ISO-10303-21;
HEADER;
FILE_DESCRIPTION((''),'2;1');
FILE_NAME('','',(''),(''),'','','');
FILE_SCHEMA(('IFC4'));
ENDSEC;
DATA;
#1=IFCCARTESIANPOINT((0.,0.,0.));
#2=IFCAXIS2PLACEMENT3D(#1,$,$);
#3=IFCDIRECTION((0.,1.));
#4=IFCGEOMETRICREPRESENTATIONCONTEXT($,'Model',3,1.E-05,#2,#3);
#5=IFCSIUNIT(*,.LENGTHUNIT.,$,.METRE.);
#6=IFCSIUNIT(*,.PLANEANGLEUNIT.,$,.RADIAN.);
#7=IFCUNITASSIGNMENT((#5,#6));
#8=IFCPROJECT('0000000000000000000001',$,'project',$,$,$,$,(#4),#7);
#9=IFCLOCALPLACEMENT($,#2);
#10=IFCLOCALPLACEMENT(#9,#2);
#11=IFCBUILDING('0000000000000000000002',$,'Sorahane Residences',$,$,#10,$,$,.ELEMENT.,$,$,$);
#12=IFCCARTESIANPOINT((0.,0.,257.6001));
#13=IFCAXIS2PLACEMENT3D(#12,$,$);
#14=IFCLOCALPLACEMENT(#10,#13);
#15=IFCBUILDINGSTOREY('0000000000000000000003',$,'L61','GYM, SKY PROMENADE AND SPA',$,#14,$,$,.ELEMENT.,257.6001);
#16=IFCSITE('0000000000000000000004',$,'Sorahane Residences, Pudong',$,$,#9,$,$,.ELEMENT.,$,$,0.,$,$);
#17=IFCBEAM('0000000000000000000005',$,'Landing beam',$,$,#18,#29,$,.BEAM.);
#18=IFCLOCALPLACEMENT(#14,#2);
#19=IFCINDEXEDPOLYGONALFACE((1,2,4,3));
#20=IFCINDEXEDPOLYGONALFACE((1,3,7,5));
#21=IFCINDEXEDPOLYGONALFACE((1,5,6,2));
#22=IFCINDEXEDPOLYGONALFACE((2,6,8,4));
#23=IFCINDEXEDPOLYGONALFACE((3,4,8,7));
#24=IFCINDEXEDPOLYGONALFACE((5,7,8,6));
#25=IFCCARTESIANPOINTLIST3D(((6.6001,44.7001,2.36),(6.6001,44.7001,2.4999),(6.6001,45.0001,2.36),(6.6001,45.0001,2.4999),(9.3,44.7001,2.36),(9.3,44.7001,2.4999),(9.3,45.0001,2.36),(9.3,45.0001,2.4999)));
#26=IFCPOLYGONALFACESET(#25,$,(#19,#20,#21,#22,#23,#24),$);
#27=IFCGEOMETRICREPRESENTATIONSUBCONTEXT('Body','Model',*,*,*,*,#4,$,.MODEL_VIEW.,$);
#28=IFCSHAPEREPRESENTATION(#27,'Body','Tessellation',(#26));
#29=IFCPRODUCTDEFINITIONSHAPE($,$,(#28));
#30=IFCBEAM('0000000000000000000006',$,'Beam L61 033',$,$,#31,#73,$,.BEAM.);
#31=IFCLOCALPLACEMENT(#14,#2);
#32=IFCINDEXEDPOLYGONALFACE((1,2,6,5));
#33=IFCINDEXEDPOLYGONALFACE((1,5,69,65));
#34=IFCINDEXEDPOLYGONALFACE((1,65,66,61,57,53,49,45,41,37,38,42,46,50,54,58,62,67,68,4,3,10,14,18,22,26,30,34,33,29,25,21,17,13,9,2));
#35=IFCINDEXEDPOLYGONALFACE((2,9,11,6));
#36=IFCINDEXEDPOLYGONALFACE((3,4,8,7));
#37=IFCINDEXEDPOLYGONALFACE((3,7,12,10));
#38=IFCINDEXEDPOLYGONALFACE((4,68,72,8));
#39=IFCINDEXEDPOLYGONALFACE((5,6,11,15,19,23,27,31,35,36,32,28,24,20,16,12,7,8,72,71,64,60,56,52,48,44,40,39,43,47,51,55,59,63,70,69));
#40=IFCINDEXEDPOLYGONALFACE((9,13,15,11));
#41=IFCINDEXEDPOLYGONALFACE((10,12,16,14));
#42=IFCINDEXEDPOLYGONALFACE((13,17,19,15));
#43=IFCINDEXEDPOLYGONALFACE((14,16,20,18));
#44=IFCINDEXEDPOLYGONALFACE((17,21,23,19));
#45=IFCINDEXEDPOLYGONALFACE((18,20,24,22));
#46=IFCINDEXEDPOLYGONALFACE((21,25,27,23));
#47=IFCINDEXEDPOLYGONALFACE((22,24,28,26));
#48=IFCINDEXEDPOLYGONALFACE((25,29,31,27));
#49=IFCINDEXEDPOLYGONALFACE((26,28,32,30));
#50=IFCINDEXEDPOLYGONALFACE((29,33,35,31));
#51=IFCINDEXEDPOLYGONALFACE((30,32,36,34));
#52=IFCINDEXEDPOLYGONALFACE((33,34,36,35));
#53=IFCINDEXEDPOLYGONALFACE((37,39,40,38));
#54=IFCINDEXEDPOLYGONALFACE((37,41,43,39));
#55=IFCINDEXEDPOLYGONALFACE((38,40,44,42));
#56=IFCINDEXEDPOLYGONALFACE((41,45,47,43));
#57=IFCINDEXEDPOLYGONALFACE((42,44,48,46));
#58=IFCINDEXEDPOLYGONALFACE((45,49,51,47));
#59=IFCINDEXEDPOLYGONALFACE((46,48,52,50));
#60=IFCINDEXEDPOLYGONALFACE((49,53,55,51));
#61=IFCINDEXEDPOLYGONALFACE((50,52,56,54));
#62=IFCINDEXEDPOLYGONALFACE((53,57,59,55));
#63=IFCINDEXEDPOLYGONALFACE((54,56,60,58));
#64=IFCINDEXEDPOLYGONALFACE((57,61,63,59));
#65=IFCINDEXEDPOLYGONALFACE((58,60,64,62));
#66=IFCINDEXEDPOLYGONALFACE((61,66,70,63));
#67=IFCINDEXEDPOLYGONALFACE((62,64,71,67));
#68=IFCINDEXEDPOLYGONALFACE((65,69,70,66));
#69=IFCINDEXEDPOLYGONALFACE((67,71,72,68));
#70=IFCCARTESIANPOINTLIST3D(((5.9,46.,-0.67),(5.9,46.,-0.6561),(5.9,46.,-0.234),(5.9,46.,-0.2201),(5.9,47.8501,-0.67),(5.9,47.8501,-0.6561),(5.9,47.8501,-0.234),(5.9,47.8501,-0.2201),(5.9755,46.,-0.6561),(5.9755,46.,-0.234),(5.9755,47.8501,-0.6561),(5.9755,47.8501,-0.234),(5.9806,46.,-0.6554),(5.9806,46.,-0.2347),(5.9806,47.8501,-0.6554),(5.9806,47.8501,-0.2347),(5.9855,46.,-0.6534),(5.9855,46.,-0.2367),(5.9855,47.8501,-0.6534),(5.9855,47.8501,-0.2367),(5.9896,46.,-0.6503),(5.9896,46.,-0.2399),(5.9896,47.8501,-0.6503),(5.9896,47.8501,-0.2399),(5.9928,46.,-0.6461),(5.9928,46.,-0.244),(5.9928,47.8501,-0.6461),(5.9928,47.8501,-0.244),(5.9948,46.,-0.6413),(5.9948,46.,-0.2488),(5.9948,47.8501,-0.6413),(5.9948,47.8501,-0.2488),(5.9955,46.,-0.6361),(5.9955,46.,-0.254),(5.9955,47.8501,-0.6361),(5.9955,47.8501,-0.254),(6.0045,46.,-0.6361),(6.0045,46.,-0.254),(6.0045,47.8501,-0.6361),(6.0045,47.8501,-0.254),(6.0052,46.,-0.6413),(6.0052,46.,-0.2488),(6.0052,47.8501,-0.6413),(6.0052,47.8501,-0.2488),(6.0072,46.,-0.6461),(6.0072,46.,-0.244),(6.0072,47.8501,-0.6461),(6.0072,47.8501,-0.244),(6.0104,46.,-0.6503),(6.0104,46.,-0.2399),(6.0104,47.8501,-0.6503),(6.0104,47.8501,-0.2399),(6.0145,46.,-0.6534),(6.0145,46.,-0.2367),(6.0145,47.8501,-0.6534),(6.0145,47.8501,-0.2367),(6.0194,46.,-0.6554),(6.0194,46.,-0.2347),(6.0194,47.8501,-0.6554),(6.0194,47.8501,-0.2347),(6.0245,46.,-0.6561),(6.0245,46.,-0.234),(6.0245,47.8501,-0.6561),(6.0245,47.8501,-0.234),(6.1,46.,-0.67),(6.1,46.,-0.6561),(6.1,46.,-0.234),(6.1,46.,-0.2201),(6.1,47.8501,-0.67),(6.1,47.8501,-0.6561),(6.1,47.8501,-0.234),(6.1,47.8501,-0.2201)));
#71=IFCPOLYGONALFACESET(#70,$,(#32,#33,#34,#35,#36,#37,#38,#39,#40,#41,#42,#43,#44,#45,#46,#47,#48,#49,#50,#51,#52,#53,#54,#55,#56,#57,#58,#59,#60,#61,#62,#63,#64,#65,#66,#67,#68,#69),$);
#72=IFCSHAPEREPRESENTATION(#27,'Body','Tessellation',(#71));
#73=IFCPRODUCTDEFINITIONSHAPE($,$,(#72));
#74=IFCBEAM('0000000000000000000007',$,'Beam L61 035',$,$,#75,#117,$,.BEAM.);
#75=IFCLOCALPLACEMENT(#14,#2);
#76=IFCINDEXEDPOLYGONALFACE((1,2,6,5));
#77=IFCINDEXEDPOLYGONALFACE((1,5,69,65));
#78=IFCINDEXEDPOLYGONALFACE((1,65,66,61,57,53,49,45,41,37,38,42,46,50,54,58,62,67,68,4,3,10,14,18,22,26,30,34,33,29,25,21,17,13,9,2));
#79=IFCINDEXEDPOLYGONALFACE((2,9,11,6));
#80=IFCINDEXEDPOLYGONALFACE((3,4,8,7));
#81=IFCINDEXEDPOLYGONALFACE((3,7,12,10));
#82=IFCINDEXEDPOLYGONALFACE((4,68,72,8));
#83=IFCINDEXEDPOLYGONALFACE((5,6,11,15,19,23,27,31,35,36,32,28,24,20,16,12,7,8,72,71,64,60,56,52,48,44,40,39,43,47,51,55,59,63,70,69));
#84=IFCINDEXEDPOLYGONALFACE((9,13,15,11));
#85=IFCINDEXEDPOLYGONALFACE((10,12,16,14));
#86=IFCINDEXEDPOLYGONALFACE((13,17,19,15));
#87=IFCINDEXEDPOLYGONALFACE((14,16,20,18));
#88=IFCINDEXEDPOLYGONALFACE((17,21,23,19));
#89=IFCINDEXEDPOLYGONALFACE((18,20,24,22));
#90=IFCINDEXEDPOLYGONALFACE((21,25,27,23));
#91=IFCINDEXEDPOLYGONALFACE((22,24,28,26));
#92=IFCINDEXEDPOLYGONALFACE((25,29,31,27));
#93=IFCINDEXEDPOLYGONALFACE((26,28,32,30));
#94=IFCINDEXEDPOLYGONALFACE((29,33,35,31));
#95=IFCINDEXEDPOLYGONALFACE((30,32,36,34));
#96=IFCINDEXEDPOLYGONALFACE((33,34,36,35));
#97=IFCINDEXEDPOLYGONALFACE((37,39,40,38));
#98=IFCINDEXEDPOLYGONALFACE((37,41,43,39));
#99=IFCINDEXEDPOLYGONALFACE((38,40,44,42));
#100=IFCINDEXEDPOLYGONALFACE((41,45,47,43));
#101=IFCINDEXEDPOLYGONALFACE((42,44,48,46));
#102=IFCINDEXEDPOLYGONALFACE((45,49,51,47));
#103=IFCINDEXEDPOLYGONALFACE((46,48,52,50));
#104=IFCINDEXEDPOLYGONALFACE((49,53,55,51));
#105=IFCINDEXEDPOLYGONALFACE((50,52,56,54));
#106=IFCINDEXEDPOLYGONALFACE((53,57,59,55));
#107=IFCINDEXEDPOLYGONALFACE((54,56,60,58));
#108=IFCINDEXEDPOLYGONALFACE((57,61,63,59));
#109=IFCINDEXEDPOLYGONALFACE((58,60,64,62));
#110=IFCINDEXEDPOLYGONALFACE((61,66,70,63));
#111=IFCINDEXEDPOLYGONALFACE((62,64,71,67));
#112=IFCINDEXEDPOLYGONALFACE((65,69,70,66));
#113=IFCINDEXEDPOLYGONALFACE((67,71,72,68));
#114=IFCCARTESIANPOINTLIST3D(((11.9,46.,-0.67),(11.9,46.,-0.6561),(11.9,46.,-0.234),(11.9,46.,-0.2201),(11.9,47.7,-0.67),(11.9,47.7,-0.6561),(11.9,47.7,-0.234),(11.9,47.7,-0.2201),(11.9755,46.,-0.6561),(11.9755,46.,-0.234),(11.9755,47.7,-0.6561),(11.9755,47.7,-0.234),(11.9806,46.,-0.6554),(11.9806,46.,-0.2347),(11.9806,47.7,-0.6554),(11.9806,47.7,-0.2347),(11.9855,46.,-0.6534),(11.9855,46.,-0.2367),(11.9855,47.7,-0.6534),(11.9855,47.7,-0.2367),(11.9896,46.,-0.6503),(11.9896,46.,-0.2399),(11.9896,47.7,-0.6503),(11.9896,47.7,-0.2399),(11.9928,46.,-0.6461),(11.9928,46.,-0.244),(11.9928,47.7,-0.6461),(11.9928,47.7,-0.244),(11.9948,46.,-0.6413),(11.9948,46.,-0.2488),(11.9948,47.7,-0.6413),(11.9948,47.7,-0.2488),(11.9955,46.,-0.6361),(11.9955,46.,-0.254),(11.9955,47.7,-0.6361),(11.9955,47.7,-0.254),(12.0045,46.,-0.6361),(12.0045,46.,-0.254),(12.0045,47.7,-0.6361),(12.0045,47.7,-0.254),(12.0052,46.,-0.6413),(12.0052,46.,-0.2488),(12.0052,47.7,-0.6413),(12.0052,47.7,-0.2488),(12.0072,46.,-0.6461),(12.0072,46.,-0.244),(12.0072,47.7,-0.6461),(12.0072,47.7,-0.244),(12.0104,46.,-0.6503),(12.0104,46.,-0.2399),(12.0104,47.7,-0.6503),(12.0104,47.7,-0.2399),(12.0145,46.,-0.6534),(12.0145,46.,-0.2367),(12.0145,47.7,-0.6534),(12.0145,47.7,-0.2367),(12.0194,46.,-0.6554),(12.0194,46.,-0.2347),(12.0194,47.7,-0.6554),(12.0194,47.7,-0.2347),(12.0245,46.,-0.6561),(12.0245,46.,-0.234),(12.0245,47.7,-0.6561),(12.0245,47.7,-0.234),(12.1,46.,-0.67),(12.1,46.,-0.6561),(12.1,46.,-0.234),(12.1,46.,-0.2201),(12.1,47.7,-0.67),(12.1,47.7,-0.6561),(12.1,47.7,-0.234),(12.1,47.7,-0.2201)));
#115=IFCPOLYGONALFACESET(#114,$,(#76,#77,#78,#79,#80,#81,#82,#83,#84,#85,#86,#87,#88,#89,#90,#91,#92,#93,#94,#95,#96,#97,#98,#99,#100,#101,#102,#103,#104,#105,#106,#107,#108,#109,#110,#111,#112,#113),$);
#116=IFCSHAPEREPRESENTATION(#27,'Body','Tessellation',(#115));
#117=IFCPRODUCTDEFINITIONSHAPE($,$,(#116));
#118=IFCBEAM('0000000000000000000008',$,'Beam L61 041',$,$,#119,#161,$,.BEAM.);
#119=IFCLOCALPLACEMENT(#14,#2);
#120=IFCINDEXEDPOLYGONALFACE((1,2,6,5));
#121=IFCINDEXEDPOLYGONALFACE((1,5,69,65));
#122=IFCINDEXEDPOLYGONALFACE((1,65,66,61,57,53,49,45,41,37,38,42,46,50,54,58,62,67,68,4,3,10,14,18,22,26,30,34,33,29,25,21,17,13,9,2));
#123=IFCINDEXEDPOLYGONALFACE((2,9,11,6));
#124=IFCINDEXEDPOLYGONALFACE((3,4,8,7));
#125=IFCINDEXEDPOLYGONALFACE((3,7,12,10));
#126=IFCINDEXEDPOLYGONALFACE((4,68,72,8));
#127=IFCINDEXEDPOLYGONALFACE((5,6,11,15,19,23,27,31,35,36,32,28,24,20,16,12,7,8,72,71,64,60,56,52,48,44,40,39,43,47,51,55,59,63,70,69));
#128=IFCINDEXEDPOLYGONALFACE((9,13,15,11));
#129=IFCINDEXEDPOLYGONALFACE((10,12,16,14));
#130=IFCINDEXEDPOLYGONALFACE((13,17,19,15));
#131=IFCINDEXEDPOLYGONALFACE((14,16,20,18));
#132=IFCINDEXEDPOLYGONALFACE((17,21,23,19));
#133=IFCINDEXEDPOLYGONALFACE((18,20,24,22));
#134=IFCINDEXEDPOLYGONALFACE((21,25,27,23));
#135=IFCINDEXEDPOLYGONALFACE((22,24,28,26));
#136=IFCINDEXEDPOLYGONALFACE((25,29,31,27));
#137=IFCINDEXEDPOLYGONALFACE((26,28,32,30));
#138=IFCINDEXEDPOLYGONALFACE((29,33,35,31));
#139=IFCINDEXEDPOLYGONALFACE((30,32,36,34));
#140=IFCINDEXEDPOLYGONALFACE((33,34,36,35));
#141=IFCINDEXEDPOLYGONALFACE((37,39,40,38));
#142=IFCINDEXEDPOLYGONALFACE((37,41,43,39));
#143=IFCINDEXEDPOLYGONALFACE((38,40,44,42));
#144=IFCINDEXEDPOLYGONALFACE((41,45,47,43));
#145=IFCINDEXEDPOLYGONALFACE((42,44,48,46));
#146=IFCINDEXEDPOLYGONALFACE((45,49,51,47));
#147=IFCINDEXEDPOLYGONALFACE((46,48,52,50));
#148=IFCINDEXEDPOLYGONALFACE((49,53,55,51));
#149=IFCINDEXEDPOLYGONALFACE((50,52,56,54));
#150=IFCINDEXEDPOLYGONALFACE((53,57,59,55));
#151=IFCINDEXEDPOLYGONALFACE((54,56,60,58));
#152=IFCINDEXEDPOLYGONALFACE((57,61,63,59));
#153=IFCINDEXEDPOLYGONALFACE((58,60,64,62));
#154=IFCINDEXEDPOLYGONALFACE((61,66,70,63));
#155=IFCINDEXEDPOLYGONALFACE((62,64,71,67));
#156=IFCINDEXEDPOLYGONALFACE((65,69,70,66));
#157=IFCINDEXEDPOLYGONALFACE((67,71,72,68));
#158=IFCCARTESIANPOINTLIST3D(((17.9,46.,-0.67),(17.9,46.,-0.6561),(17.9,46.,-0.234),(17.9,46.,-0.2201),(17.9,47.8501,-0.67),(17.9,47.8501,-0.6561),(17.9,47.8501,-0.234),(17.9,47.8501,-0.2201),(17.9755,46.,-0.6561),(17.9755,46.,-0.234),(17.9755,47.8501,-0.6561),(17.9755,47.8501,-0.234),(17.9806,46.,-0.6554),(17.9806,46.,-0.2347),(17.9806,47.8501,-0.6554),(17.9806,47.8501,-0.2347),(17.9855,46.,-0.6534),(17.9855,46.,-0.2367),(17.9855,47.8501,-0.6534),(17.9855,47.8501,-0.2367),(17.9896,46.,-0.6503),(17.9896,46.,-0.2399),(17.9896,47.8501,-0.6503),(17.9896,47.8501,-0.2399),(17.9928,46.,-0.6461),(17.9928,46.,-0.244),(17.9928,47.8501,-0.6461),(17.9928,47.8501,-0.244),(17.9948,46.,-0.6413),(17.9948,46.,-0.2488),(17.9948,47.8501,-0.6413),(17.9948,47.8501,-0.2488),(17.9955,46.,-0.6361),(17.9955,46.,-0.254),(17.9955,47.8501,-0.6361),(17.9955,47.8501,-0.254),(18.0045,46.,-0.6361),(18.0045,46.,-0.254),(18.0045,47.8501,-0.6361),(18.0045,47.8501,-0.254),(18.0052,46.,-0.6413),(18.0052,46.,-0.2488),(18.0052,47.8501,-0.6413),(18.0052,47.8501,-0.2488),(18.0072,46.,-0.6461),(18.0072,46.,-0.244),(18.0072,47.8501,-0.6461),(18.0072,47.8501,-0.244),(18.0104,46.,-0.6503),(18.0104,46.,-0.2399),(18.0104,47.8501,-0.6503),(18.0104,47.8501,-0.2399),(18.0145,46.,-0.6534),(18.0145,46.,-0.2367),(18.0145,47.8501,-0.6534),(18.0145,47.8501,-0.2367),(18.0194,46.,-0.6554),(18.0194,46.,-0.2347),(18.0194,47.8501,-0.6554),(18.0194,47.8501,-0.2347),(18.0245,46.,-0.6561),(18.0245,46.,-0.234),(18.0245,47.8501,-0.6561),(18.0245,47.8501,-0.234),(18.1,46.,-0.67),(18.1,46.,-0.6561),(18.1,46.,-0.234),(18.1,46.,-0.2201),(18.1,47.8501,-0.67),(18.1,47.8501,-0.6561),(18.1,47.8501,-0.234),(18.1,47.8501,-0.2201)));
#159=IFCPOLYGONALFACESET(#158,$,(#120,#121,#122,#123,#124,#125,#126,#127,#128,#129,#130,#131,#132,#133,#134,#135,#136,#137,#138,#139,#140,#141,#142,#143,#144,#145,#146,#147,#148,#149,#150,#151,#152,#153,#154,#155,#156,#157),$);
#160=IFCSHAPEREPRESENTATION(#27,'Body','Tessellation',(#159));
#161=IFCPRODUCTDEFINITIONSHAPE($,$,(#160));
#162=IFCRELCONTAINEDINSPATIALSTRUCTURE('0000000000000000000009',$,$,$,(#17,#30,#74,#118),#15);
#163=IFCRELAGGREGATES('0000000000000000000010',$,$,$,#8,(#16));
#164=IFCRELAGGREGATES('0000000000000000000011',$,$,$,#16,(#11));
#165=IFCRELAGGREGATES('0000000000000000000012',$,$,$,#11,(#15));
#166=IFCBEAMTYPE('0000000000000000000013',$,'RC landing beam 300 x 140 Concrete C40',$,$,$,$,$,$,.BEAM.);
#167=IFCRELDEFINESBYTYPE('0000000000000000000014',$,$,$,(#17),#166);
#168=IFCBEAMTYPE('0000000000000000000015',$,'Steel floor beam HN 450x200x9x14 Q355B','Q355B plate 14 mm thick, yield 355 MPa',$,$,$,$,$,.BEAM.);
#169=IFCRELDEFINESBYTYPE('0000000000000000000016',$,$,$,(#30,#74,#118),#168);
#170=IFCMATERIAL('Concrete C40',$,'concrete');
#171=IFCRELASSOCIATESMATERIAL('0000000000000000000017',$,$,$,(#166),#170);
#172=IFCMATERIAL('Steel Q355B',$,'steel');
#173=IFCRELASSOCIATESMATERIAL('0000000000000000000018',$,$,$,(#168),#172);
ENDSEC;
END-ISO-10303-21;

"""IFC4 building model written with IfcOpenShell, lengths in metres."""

from ifc_helpers import new_model, si_unit, direction, frame, origin, origin_2d, place, context, subcontext, project, spatial, rectangle, i_section, extrude, material, material_profile, profile_set, type_object, element, save


model = new_model("IFC4")

# Units and contexts
model_context = context("Model", 3, precision=1e-05, world=origin(), true_north=direction((0.0, 1.0)))
body_context = subcontext(model_context, "Body", "Model", "MODEL_VIEW")
ifc_project = project(units=[si_unit("LENGTHUNIT", "METRE"), si_unit("PLANEANGLEUNIT", "RADIAN")], contexts=[model_context])

# Site, building, storey
site_placement = place(None, origin())
site = spatial("IfcSite", under=ifc_project, at=site_placement, Name="Sorahane Residences, Pudong", CompositionType="ELEMENT", RefElevation=0.0)
building_placement = place(site_placement, origin())
building = spatial("IfcBuilding", under=site, at=building_placement, Name="Sorahane Residences", CompositionType="ELEMENT")
storey_placement = place(building_placement, frame((0.0, 0.0, 257.6001)))
storey = spatial("IfcBuildingStorey", under=building, at=storey_placement, Name="L61", Description="GYM, SKY PROMENADE AND SPA", CompositionType="ELEMENT", Elevation=257.6001)

# Beams
ifc_material_1 = material(Name="Concrete C40", Category="concrete")
ifc_material_profile_1 = material_profile(ifc_material_1, rectangle(XDim=0.3, YDim=0.1399, at=origin_2d()), Name="300x140")
ifc_profile_set_1 = profile_set([ifc_material_profile_1], Name="Concrete C40")
beam_type_1 = type_object("IfcBeamType", Name="RC landing beam 300 x 140 Concrete C40", PredefinedType="BEAM", material=ifc_profile_set_1)
for number, where, z_axis, x_axis, name in (
    (1, (6.6001, 44.8501, 2.4299), (1.0, 0.0, 0.0), (0.0, 1.0, 0.0), "Landing beam"),
):
    element("IfcBeam", number, at=place(storey_placement, frame(where, z_axis=z_axis, x_axis=x_axis)), inside=storey, type_object=beam_type_1, Name=name, PredefinedType="BEAM", context=body_context, shape_type="SweptSolid", body=[
        extrude(rectangle(XDim=0.3, YDim=0.1399, at=origin_2d()), origin(), (0.0, 0.0, 1.0), 2.7),
    ])
ifc_material_2 = material(Name="Steel Q355B", Category="steel")
ifc_material_profile_2 = material_profile(ifc_material_2, i_section(OverallWidth=0.2, OverallDepth=0.45, WebThickness=0.009, FlangeThickness=0.0139, FilletRadius=0.02, at=origin_2d()), Name="HN 450x200x9x14")
ifc_profile_set_2 = profile_set([ifc_material_profile_2], Name="Steel Q355B")
beam_type_2 = type_object("IfcBeamType", Name="Steel floor beam HN 450x200x9x14 Q355B", Description="Q355B plate 14 mm thick, yield 355 MPa", PredefinedType="BEAM", material=ifc_profile_set_2)
beam_1_placement = place(storey_placement, frame((6.0, 46.0, -0.4451), z_axis=(0.0, 1.0, 0.0), x_axis=(-1.0, 0.0, 0.0)))
element("IfcBeam", 2, at=beam_1_placement, inside=storey, type_object=beam_type_2, Name="Beam L61 033", PredefinedType="BEAM", context=body_context, shape_type="SweptSolid", body=[
    extrude(i_section(OverallWidth=0.2, OverallDepth=0.45, WebThickness=0.009, FlangeThickness=0.0139, FilletRadius=0.02, at=origin_2d()), origin(), (0.0, 0.0, 1.0), 1.8501),
])
beam_2_placement = place(storey_placement, frame((12.0, 46.0, -0.4451), z_axis=(0.0, 1.0, 0.0), x_axis=(-1.0, 0.0, 0.0)))
element("IfcBeam", 3, at=beam_2_placement, inside=storey, type_object=beam_type_2, Name="Beam L61 035", PredefinedType="BEAM", context=body_context, shape_type="SweptSolid", body=[
    extrude(i_section(OverallWidth=0.2, OverallDepth=0.45, WebThickness=0.009, FlangeThickness=0.0139, FilletRadius=0.02, at=origin_2d()), origin(), (0.0, 0.0, 1.0), 1.7),
])
beam_3_placement = place(storey_placement, frame((18.0, 46.0, -0.4451), z_axis=(0.0, 1.0, 0.0), x_axis=(-1.0, 0.0, 0.0)))
element("IfcBeam", 4, at=beam_3_placement, inside=storey, type_object=beam_type_2, Name="Beam L61 041", PredefinedType="BEAM", context=body_context, shape_type="SweptSolid", body=[
    extrude(i_section(OverallWidth=0.2, OverallDepth=0.45, WebThickness=0.009, FlangeThickness=0.0139, FilletRadius=0.02, at=origin_2d()), origin(), (0.0, 0.0, 1.0), 1.8501),
])

save(model, "model.ifc")
